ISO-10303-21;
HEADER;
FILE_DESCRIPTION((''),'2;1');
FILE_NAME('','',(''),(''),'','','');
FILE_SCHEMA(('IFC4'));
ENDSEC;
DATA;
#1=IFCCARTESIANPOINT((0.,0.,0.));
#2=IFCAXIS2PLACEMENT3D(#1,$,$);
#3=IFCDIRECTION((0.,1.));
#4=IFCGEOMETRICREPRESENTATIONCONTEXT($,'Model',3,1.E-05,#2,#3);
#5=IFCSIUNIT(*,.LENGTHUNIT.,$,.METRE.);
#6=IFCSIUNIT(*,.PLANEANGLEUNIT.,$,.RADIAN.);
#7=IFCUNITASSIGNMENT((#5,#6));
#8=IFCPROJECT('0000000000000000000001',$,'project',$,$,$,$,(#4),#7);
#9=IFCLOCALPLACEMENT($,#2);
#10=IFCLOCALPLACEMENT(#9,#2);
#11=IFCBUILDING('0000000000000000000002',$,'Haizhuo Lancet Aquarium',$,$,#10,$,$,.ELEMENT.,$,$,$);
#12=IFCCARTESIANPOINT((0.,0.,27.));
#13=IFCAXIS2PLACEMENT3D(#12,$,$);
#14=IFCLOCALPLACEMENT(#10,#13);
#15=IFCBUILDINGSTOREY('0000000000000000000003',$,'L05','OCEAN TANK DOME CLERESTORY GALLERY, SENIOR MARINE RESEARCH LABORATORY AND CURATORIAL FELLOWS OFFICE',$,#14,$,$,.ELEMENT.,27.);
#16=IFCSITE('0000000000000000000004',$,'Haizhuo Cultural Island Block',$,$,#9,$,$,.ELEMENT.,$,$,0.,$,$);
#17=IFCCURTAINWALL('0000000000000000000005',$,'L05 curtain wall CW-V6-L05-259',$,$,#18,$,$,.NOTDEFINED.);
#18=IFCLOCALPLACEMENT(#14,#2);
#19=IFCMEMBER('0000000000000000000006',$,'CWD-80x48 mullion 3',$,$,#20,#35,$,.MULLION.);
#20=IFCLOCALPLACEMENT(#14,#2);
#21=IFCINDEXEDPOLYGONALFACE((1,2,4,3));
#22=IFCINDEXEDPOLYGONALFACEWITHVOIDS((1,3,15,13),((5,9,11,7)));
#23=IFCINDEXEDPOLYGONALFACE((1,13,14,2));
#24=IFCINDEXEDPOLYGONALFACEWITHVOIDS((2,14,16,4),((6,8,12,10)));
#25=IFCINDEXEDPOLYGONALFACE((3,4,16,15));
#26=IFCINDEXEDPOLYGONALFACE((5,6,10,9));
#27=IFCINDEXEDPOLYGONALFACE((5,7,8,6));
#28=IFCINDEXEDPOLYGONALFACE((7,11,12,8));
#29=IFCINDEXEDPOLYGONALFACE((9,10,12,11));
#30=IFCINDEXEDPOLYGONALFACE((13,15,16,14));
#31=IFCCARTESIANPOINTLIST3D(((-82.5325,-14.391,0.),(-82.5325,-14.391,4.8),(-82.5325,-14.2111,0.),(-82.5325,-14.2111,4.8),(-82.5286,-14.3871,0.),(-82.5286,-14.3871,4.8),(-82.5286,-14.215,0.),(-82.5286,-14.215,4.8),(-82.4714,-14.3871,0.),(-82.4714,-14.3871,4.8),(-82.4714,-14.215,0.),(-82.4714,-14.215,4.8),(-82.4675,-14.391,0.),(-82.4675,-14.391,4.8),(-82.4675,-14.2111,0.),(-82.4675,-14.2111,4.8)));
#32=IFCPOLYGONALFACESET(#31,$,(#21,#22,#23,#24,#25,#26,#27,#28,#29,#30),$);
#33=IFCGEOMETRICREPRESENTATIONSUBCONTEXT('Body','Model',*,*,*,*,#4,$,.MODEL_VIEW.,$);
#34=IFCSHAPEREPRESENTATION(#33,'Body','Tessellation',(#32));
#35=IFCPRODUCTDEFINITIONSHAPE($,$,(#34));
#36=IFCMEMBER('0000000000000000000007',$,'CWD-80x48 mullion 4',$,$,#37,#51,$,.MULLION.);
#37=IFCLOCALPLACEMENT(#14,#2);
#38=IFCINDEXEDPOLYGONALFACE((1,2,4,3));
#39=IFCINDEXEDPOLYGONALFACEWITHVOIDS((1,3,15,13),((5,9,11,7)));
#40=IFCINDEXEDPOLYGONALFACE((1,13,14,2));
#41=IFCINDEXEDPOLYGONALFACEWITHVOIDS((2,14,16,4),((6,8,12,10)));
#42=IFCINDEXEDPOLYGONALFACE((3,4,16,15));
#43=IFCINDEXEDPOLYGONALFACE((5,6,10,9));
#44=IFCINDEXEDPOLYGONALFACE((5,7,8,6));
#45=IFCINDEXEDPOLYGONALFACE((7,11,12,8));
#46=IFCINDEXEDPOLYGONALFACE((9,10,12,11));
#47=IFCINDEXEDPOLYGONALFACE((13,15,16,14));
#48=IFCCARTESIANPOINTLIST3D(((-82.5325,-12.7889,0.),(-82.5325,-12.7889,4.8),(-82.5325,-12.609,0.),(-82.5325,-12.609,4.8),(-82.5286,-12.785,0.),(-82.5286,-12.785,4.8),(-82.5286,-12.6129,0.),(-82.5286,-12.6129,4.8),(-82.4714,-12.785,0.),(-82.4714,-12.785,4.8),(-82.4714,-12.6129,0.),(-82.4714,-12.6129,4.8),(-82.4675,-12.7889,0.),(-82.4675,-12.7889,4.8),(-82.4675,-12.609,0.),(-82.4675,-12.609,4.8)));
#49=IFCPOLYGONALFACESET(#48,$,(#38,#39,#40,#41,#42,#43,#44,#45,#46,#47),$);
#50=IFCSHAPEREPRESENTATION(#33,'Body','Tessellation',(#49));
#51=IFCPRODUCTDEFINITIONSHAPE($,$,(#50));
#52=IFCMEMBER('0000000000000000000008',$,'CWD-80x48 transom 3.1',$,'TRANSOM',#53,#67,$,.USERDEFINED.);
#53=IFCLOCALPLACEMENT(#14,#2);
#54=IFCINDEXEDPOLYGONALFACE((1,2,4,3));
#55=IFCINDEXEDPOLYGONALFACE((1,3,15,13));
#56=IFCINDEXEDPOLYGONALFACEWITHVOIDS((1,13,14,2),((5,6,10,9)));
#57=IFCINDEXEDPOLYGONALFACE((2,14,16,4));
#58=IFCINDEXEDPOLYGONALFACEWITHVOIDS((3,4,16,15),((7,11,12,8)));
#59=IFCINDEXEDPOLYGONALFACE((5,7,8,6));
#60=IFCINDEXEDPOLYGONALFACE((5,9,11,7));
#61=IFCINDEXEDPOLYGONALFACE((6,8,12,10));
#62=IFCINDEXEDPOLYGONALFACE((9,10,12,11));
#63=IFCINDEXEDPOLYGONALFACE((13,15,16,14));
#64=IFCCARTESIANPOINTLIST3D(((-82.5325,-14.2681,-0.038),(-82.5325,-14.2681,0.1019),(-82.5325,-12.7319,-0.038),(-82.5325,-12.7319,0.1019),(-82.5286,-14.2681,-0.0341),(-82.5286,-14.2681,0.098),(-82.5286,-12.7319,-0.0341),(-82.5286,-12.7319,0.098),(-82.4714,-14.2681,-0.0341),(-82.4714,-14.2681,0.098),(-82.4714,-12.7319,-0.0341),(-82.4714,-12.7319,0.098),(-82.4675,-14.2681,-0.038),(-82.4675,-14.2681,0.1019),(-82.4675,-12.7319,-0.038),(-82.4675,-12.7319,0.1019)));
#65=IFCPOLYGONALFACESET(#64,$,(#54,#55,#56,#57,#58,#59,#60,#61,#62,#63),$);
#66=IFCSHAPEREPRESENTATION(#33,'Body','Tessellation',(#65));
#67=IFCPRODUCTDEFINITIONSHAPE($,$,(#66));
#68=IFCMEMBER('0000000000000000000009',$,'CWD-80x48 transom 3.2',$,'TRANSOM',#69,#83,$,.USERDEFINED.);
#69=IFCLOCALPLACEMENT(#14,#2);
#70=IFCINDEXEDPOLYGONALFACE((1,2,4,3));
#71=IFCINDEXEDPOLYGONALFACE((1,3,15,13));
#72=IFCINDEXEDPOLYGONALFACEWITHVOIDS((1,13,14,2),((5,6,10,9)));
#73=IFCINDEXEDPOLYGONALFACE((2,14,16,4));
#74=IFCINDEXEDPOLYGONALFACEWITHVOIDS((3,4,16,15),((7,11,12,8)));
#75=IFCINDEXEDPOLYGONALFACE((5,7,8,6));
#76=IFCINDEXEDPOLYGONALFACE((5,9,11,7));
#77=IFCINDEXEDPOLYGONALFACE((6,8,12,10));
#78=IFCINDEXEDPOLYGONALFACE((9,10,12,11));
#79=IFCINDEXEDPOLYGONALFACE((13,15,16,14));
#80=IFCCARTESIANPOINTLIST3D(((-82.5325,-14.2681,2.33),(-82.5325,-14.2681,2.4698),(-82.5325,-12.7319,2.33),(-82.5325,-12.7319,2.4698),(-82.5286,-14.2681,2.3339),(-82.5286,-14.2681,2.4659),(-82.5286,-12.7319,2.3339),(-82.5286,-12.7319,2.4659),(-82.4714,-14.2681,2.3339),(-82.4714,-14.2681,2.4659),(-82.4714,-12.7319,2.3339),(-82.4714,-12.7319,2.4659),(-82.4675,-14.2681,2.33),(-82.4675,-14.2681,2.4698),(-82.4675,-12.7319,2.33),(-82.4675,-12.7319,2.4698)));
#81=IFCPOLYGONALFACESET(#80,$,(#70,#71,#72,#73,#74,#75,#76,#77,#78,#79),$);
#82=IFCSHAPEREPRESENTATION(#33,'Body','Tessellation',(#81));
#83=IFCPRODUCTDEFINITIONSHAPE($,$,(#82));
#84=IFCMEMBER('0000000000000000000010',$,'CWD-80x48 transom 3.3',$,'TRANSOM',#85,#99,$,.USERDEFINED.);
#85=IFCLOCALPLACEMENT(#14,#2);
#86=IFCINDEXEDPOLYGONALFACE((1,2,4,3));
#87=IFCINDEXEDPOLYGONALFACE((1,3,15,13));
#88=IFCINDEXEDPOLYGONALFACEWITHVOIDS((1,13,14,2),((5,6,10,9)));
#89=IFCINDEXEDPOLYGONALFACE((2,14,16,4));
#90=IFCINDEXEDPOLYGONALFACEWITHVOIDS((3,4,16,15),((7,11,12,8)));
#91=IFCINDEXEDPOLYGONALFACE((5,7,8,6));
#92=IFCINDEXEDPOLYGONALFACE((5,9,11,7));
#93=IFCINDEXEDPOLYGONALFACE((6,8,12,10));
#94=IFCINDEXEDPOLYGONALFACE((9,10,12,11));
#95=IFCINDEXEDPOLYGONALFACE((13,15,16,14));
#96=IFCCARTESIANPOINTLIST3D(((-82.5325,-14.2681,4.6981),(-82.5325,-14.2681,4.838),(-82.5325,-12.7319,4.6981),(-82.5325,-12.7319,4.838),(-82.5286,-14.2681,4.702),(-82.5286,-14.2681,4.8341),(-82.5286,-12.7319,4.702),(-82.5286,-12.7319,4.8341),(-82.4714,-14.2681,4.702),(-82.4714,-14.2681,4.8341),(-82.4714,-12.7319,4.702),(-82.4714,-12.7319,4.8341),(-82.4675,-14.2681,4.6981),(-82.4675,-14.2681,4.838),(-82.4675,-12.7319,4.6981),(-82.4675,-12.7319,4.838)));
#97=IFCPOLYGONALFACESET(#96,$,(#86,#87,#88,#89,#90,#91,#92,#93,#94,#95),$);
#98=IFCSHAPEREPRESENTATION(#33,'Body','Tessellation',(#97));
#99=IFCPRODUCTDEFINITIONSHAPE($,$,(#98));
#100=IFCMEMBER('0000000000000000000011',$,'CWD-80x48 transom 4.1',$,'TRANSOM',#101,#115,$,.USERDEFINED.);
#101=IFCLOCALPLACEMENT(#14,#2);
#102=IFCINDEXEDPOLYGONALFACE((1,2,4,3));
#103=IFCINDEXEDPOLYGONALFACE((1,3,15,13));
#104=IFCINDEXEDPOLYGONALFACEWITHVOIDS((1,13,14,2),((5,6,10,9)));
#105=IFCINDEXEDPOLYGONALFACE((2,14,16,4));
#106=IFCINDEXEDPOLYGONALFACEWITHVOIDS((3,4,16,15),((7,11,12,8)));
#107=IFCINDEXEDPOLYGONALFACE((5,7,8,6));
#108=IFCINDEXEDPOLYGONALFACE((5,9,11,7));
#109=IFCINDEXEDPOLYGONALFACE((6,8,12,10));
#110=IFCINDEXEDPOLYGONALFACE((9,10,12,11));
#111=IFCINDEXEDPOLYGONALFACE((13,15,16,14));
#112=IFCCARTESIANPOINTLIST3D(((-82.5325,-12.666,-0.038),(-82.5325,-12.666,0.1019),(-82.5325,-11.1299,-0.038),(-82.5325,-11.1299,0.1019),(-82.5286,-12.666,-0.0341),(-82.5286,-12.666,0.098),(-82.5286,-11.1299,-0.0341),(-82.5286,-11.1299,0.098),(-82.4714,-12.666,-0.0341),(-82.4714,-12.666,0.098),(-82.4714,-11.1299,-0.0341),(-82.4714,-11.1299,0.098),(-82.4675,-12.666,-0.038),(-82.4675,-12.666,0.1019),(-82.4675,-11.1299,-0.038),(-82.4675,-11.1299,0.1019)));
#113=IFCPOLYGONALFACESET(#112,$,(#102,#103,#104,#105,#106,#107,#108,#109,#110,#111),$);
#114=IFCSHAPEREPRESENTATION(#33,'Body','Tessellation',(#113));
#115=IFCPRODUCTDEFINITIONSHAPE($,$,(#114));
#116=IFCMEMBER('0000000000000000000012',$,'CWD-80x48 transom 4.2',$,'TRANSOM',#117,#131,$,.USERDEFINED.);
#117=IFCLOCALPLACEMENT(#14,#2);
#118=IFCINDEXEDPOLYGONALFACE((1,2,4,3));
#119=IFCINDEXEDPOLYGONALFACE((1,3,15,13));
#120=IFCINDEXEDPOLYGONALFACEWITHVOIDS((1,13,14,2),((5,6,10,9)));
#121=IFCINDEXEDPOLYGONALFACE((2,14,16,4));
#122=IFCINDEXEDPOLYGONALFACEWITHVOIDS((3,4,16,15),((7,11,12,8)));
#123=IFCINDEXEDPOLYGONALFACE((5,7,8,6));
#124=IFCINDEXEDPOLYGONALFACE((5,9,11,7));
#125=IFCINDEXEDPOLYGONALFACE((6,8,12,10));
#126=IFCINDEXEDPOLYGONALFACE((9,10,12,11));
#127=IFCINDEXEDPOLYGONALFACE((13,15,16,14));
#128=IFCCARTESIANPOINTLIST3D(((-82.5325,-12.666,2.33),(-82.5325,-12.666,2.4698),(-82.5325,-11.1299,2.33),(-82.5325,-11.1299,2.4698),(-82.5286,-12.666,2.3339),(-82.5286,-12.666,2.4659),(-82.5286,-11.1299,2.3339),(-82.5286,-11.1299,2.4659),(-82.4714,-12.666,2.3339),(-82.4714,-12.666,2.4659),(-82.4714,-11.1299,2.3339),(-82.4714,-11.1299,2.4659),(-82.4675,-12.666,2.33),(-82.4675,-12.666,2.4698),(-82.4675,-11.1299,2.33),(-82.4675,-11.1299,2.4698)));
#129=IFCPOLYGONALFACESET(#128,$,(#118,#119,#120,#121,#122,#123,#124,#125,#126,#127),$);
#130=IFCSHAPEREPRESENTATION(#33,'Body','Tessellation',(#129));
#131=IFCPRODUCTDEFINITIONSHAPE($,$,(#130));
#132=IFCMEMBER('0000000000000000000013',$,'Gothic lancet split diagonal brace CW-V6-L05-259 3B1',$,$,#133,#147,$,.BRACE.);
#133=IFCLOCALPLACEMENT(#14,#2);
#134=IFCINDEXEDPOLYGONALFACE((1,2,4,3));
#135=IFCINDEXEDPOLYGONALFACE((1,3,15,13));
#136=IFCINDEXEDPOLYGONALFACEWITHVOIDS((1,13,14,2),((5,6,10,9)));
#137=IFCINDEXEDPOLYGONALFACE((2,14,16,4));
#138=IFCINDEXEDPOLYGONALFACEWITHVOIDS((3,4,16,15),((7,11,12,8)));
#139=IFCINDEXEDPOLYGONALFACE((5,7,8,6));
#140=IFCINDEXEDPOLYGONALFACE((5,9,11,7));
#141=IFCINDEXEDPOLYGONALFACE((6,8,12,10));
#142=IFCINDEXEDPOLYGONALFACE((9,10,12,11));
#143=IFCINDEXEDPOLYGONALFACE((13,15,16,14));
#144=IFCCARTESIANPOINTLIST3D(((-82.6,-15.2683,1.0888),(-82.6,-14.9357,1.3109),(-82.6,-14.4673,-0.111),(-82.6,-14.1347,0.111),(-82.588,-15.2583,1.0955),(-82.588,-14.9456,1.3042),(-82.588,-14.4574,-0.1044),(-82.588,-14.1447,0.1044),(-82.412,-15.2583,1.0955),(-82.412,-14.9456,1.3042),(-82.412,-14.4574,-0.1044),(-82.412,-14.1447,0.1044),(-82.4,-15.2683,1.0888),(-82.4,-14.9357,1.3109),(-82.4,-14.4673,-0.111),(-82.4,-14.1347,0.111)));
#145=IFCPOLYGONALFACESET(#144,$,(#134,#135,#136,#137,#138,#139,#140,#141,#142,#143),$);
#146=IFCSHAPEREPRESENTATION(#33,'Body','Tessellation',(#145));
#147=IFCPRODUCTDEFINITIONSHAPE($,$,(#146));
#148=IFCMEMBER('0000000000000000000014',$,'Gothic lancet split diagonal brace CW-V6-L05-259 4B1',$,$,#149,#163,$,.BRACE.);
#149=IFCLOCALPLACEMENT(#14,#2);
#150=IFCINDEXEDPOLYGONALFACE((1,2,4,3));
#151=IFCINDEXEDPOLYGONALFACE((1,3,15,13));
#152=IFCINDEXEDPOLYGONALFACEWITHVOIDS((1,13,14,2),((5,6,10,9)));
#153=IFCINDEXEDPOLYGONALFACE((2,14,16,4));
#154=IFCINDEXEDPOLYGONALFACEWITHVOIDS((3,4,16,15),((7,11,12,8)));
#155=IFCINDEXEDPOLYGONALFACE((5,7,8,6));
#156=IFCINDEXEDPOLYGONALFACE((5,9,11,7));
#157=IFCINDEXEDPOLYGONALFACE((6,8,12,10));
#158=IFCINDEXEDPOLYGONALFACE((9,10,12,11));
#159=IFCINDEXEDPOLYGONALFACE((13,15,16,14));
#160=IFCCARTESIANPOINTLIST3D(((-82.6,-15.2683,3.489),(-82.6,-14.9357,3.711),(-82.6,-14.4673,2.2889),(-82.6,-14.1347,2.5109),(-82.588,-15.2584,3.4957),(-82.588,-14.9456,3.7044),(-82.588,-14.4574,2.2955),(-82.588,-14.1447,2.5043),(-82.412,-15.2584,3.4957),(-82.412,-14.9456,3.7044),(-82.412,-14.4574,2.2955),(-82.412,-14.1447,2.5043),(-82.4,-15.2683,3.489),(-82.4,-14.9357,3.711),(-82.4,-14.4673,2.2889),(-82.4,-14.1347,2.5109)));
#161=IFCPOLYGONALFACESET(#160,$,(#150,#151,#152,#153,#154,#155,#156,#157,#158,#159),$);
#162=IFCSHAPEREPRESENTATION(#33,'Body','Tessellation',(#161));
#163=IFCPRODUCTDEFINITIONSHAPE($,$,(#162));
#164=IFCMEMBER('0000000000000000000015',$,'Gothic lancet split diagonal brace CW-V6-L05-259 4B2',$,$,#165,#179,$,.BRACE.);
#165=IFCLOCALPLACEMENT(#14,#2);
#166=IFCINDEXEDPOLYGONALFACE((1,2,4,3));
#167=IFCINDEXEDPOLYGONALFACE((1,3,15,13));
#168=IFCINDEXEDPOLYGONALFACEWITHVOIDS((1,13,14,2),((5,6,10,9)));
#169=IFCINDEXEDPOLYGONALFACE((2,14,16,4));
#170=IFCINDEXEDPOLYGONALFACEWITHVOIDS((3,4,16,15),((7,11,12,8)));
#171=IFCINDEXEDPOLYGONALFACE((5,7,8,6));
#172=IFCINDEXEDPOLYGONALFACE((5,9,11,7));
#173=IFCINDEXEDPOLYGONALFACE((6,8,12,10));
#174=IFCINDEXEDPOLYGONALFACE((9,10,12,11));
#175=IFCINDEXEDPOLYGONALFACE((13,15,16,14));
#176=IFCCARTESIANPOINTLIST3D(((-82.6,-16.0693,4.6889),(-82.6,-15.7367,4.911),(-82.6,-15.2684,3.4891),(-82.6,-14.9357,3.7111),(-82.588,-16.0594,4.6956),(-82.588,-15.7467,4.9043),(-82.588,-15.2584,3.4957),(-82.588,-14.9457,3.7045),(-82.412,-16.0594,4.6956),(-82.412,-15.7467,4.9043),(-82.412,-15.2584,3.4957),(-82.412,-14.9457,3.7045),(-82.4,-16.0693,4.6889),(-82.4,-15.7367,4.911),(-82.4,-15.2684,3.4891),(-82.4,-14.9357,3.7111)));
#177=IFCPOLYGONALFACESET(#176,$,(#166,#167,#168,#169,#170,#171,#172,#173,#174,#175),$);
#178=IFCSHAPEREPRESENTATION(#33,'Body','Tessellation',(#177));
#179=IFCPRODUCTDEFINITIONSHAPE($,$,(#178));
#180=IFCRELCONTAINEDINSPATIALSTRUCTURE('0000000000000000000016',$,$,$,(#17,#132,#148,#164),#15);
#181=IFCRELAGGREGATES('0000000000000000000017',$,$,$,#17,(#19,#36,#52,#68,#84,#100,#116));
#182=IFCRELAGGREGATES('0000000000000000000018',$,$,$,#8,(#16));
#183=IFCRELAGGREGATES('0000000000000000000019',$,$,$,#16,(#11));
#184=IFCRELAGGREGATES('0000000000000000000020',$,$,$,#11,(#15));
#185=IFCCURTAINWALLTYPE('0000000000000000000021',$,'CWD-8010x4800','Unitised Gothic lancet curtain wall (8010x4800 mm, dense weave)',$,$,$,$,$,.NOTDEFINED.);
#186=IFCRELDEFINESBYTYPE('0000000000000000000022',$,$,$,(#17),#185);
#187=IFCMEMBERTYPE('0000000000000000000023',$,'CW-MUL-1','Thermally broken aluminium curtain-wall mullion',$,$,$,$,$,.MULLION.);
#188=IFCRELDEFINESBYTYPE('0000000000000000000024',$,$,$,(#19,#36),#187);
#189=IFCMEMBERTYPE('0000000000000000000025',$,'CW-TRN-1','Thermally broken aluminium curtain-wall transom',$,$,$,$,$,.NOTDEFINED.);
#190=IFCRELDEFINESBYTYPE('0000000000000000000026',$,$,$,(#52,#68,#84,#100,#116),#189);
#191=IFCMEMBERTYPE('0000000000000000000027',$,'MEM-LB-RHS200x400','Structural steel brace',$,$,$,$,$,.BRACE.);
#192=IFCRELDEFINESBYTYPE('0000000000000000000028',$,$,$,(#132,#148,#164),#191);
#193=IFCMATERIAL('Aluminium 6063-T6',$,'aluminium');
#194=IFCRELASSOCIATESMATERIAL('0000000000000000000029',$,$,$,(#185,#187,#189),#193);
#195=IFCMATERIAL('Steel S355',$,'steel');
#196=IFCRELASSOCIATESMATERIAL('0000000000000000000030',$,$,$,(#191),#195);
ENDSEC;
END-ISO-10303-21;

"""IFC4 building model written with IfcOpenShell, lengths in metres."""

from ifc_helpers import new_model, si_unit, direction, frame, origin, origin_2d, place, context, subcontext, project, spatial, hollow_rectangle, extrude, material, material_profile, profile_set, type_object, element, aggregate, save


model = new_model("IFC4")

# Units and contexts
model_context = context("Model", 3, precision=1e-05, world=origin(), true_north=direction((0.0, 1.0)))
body_context = subcontext(model_context, "Body", "Model", "MODEL_VIEW")
ifc_project = project(units=[si_unit("LENGTHUNIT", "METRE"), si_unit("PLANEANGLEUNIT", "RADIAN")], contexts=[model_context])

# Site, building, storey
site_placement = place(None, origin())
site = spatial("IfcSite", under=ifc_project, at=site_placement, Name="Haizhuo Cultural Island Block", CompositionType="ELEMENT", RefElevation=0.0)
building_placement = place(site_placement, origin())
building = spatial("IfcBuilding", under=site, at=building_placement, Name="Haizhuo Lancet Aquarium", CompositionType="ELEMENT")
storey_placement = place(building_placement, frame((0.0, 0.0, 27.0)))
storey = spatial("IfcBuildingStorey", under=building, at=storey_placement, Name="L05", Description="OCEAN TANK DOME CLERESTORY GALLERY, SENIOR MARINE RESEARCH LABORATORY AND CURATORIAL FELLOWS OFFICE", CompositionType="ELEMENT", Elevation=27.0)

# Curtain wall, members
ifc_material_1 = material(Name="Aluminium 6063-T6", Category="aluminium")
curtain_wall_type = type_object("IfcCurtainWallType", Name="CWD-8010x4800", Description="Unitised Gothic lancet curtain wall (8010x4800 mm, dense weave)", PredefinedType="NOTDEFINED", material=ifc_material_1)
curtain_wall_placement = place(storey_placement, origin())
curtain_wall = element("IfcCurtainWall", 1, at=curtain_wall_placement, inside=storey, type_object=curtain_wall_type, Name="L05 curtain wall CW-V6-L05-259", PredefinedType="NOTDEFINED")
ifc_material_profile_1 = material_profile(ifc_material_1, hollow_rectangle(XDim=0.0649, YDim=0.1799, WallThickness=0.0039, at=origin_2d()), Name="ALU-M 65x180x4")
ifc_profile_set_1 = profile_set([ifc_material_profile_1], Name="Aluminium 6063-T6")
member_type_1 = type_object("IfcMemberType", Name="CW-MUL-1", Description="Thermally broken aluminium curtain-wall mullion", PredefinedType="MULLION", material=ifc_profile_set_1)
member_1_placement = place(storey_placement, frame((-82.5, -14.301, 0.0), z_axis=(0.0, 0.0, 1.0), x_axis=(-1.0, 0.0, 0.0)))
member_1 = element("IfcMember", 2, at=member_1_placement, type_object=member_type_1, Name="CWD-80x48 mullion 3", PredefinedType="MULLION", context=body_context, shape_type="SweptSolid", body=[
    extrude(hollow_rectangle(XDim=0.0649, YDim=0.1799, WallThickness=0.0039, at=origin_2d()), origin(), (0.0, 0.0, 1.0), 4.8),
])
member_2_placement = place(storey_placement, frame((-82.5, -12.699, 0.0), z_axis=(0.0, 0.0, 1.0), x_axis=(-1.0, 0.0, 0.0)))
member_2 = element("IfcMember", 3, at=member_2_placement, type_object=member_type_1, Name="CWD-80x48 mullion 4", PredefinedType="MULLION", context=body_context, shape_type="SweptSolid", body=[
    extrude(hollow_rectangle(XDim=0.0649, YDim=0.1799, WallThickness=0.0039, at=origin_2d()), origin(), (0.0, 0.0, 1.0), 4.8),
])
ifc_material_profile_2 = material_profile(ifc_material_1, hollow_rectangle(XDim=0.0649, YDim=0.1399, WallThickness=0.0039, at=origin_2d()), Name="ALU-T 65x140x4")
ifc_profile_set_2 = profile_set([ifc_material_profile_2], Name="Aluminium 6063-T6")
member_type_2 = type_object("IfcMemberType", Name="CW-TRN-1", Description="Thermally broken aluminium curtain-wall transom", PredefinedType="NOTDEFINED", material=ifc_profile_set_2)
member_3_placement = place(storey_placement, frame((-82.5, -14.2681, 0.032), z_axis=(0.0, 1.0, 0.0), x_axis=(-1.0, 0.0, 0.0)))
member_3 = element("IfcMember", 4, at=member_3_placement, type_object=member_type_2, Name="CWD-80x48 transom 3.1", ObjectType="TRANSOM", PredefinedType="USERDEFINED", context=body_context, shape_type="SweptSolid", body=[
    extrude(hollow_rectangle(XDim=0.0649, YDim=0.1399, WallThickness=0.0039, at=origin_2d()), origin(), (0.0, 0.0, 1.0), 1.5361),
])
member_4_placement = place(storey_placement, frame((-82.5, -14.2681, 2.3999), z_axis=(0.0, 1.0, 0.0), x_axis=(-1.0, 0.0, 0.0)))
member_4 = element("IfcMember", 5, at=member_4_placement, type_object=member_type_2, Name="CWD-80x48 transom 3.2", ObjectType="TRANSOM", PredefinedType="USERDEFINED", context=body_context, shape_type="SweptSolid", body=[
    extrude(hollow_rectangle(XDim=0.0649, YDim=0.1399, WallThickness=0.0039, at=origin_2d()), origin(), (0.0, 0.0, 1.0), 1.5361),
])
member_5_placement = place(storey_placement, frame((-82.5, -14.2681, 4.7681), z_axis=(0.0, 1.0, 0.0), x_axis=(-1.0, 0.0, 0.0)))
member_5 = element("IfcMember", 6, at=member_5_placement, type_object=member_type_2, Name="CWD-80x48 transom 3.3", ObjectType="TRANSOM", PredefinedType="USERDEFINED", context=body_context, shape_type="SweptSolid", body=[
    extrude(hollow_rectangle(XDim=0.0649, YDim=0.1399, WallThickness=0.0039, at=origin_2d()), origin(), (0.0, 0.0, 1.0), 1.5361),
])
member_6_placement = place(storey_placement, frame((-82.5, -12.666, 0.032), z_axis=(0.0, 1.0, 0.0), x_axis=(-1.0, 0.0, 0.0)))
member_6 = element("IfcMember", 7, at=member_6_placement, type_object=member_type_2, Name="CWD-80x48 transom 4.1", ObjectType="TRANSOM", PredefinedType="USERDEFINED", context=body_context, shape_type="SweptSolid", body=[
    extrude(hollow_rectangle(XDim=0.0649, YDim=0.1399, WallThickness=0.0039, at=origin_2d()), origin(), (0.0, 0.0, 1.0), 1.5361),
])
member_7_placement = place(storey_placement, frame((-82.5, -12.666, 2.3999), z_axis=(0.0, 1.0, 0.0), x_axis=(-1.0, 0.0, 0.0)))
member_7 = element("IfcMember", 8, at=member_7_placement, type_object=member_type_2, Name="CWD-80x48 transom 4.2", ObjectType="TRANSOM", PredefinedType="USERDEFINED", context=body_context, shape_type="SweptSolid", body=[
    extrude(hollow_rectangle(XDim=0.0649, YDim=0.1399, WallThickness=0.0039, at=origin_2d()), origin(), (0.0, 0.0, 1.0), 1.5361),
])

# Members
ifc_material_2 = material(Name="Steel S355", Category="steel")
ifc_material_profile_3 = material_profile(ifc_material_2, hollow_rectangle(XDim=0.2, YDim=0.3999, WallThickness=0.012, at=origin_2d()), Name="RHS 200x400x12")
ifc_profile_set_3 = profile_set([ifc_material_profile_3], Name="Steel S355")
member_type_3 = type_object("IfcMemberType", Name="MEM-LB-RHS200x400", Description="Structural steel brace", PredefinedType="BRACE", material=ifc_profile_set_3)
member_8_placement = place(storey_placement, frame((-82.5, -14.301, 0.0), z_axis=(0.0, -0.555208, 0.831712), x_axis=(1.0, 0.0, 0.0)))
element("IfcMember", 9, at=member_8_placement, inside=storey, type_object=member_type_3, Name="Gothic lancet split diagonal brace CW-V6-L05-259 3B1", PredefinedType="BRACE", context=body_context, shape_type="SweptSolid", body=[
    extrude(hollow_rectangle(XDim=0.2, YDim=0.3999, WallThickness=0.012, at=origin_2d()), origin(), (0.0, 0.0, 1.0), 1.4426),
])
member_9_placement = place(storey_placement, frame((-82.5, -14.301, 2.3999), z_axis=(0.0, -0.55513, 0.831764), x_axis=(1.0, 0.0, 0.0)))
element("IfcMember", 10, at=member_9_placement, inside=storey, type_object=member_type_3, Name="Gothic lancet split diagonal brace CW-V6-L05-259 4B1", PredefinedType="BRACE", context=body_context, shape_type="SweptSolid", body=[
    extrude(hollow_rectangle(XDim=0.2, YDim=0.3999, WallThickness=0.012, at=origin_2d()), origin(), (0.0, 0.0, 1.0), 1.4429),
])
member_10_placement = place(storey_placement, frame((-82.5, -15.1021, 3.6001), z_axis=(0.0, -0.555208, 0.831712), x_axis=(1.0, 0.0, 0.0)))
element("IfcMember", 11, at=member_10_placement, inside=storey, type_object=member_type_3, Name="Gothic lancet split diagonal brace CW-V6-L05-259 4B2", PredefinedType="BRACE", context=body_context, shape_type="SweptSolid", body=[
    extrude(hollow_rectangle(XDim=0.2, YDim=0.3999, WallThickness=0.012, at=origin_2d()), origin(), (0.0, 0.0, 1.0), 1.4426),
])

aggregate(curtain_wall, [member_1, member_2, member_3, member_4, member_5, member_6, member_7])

save(model, "model.ifc")
